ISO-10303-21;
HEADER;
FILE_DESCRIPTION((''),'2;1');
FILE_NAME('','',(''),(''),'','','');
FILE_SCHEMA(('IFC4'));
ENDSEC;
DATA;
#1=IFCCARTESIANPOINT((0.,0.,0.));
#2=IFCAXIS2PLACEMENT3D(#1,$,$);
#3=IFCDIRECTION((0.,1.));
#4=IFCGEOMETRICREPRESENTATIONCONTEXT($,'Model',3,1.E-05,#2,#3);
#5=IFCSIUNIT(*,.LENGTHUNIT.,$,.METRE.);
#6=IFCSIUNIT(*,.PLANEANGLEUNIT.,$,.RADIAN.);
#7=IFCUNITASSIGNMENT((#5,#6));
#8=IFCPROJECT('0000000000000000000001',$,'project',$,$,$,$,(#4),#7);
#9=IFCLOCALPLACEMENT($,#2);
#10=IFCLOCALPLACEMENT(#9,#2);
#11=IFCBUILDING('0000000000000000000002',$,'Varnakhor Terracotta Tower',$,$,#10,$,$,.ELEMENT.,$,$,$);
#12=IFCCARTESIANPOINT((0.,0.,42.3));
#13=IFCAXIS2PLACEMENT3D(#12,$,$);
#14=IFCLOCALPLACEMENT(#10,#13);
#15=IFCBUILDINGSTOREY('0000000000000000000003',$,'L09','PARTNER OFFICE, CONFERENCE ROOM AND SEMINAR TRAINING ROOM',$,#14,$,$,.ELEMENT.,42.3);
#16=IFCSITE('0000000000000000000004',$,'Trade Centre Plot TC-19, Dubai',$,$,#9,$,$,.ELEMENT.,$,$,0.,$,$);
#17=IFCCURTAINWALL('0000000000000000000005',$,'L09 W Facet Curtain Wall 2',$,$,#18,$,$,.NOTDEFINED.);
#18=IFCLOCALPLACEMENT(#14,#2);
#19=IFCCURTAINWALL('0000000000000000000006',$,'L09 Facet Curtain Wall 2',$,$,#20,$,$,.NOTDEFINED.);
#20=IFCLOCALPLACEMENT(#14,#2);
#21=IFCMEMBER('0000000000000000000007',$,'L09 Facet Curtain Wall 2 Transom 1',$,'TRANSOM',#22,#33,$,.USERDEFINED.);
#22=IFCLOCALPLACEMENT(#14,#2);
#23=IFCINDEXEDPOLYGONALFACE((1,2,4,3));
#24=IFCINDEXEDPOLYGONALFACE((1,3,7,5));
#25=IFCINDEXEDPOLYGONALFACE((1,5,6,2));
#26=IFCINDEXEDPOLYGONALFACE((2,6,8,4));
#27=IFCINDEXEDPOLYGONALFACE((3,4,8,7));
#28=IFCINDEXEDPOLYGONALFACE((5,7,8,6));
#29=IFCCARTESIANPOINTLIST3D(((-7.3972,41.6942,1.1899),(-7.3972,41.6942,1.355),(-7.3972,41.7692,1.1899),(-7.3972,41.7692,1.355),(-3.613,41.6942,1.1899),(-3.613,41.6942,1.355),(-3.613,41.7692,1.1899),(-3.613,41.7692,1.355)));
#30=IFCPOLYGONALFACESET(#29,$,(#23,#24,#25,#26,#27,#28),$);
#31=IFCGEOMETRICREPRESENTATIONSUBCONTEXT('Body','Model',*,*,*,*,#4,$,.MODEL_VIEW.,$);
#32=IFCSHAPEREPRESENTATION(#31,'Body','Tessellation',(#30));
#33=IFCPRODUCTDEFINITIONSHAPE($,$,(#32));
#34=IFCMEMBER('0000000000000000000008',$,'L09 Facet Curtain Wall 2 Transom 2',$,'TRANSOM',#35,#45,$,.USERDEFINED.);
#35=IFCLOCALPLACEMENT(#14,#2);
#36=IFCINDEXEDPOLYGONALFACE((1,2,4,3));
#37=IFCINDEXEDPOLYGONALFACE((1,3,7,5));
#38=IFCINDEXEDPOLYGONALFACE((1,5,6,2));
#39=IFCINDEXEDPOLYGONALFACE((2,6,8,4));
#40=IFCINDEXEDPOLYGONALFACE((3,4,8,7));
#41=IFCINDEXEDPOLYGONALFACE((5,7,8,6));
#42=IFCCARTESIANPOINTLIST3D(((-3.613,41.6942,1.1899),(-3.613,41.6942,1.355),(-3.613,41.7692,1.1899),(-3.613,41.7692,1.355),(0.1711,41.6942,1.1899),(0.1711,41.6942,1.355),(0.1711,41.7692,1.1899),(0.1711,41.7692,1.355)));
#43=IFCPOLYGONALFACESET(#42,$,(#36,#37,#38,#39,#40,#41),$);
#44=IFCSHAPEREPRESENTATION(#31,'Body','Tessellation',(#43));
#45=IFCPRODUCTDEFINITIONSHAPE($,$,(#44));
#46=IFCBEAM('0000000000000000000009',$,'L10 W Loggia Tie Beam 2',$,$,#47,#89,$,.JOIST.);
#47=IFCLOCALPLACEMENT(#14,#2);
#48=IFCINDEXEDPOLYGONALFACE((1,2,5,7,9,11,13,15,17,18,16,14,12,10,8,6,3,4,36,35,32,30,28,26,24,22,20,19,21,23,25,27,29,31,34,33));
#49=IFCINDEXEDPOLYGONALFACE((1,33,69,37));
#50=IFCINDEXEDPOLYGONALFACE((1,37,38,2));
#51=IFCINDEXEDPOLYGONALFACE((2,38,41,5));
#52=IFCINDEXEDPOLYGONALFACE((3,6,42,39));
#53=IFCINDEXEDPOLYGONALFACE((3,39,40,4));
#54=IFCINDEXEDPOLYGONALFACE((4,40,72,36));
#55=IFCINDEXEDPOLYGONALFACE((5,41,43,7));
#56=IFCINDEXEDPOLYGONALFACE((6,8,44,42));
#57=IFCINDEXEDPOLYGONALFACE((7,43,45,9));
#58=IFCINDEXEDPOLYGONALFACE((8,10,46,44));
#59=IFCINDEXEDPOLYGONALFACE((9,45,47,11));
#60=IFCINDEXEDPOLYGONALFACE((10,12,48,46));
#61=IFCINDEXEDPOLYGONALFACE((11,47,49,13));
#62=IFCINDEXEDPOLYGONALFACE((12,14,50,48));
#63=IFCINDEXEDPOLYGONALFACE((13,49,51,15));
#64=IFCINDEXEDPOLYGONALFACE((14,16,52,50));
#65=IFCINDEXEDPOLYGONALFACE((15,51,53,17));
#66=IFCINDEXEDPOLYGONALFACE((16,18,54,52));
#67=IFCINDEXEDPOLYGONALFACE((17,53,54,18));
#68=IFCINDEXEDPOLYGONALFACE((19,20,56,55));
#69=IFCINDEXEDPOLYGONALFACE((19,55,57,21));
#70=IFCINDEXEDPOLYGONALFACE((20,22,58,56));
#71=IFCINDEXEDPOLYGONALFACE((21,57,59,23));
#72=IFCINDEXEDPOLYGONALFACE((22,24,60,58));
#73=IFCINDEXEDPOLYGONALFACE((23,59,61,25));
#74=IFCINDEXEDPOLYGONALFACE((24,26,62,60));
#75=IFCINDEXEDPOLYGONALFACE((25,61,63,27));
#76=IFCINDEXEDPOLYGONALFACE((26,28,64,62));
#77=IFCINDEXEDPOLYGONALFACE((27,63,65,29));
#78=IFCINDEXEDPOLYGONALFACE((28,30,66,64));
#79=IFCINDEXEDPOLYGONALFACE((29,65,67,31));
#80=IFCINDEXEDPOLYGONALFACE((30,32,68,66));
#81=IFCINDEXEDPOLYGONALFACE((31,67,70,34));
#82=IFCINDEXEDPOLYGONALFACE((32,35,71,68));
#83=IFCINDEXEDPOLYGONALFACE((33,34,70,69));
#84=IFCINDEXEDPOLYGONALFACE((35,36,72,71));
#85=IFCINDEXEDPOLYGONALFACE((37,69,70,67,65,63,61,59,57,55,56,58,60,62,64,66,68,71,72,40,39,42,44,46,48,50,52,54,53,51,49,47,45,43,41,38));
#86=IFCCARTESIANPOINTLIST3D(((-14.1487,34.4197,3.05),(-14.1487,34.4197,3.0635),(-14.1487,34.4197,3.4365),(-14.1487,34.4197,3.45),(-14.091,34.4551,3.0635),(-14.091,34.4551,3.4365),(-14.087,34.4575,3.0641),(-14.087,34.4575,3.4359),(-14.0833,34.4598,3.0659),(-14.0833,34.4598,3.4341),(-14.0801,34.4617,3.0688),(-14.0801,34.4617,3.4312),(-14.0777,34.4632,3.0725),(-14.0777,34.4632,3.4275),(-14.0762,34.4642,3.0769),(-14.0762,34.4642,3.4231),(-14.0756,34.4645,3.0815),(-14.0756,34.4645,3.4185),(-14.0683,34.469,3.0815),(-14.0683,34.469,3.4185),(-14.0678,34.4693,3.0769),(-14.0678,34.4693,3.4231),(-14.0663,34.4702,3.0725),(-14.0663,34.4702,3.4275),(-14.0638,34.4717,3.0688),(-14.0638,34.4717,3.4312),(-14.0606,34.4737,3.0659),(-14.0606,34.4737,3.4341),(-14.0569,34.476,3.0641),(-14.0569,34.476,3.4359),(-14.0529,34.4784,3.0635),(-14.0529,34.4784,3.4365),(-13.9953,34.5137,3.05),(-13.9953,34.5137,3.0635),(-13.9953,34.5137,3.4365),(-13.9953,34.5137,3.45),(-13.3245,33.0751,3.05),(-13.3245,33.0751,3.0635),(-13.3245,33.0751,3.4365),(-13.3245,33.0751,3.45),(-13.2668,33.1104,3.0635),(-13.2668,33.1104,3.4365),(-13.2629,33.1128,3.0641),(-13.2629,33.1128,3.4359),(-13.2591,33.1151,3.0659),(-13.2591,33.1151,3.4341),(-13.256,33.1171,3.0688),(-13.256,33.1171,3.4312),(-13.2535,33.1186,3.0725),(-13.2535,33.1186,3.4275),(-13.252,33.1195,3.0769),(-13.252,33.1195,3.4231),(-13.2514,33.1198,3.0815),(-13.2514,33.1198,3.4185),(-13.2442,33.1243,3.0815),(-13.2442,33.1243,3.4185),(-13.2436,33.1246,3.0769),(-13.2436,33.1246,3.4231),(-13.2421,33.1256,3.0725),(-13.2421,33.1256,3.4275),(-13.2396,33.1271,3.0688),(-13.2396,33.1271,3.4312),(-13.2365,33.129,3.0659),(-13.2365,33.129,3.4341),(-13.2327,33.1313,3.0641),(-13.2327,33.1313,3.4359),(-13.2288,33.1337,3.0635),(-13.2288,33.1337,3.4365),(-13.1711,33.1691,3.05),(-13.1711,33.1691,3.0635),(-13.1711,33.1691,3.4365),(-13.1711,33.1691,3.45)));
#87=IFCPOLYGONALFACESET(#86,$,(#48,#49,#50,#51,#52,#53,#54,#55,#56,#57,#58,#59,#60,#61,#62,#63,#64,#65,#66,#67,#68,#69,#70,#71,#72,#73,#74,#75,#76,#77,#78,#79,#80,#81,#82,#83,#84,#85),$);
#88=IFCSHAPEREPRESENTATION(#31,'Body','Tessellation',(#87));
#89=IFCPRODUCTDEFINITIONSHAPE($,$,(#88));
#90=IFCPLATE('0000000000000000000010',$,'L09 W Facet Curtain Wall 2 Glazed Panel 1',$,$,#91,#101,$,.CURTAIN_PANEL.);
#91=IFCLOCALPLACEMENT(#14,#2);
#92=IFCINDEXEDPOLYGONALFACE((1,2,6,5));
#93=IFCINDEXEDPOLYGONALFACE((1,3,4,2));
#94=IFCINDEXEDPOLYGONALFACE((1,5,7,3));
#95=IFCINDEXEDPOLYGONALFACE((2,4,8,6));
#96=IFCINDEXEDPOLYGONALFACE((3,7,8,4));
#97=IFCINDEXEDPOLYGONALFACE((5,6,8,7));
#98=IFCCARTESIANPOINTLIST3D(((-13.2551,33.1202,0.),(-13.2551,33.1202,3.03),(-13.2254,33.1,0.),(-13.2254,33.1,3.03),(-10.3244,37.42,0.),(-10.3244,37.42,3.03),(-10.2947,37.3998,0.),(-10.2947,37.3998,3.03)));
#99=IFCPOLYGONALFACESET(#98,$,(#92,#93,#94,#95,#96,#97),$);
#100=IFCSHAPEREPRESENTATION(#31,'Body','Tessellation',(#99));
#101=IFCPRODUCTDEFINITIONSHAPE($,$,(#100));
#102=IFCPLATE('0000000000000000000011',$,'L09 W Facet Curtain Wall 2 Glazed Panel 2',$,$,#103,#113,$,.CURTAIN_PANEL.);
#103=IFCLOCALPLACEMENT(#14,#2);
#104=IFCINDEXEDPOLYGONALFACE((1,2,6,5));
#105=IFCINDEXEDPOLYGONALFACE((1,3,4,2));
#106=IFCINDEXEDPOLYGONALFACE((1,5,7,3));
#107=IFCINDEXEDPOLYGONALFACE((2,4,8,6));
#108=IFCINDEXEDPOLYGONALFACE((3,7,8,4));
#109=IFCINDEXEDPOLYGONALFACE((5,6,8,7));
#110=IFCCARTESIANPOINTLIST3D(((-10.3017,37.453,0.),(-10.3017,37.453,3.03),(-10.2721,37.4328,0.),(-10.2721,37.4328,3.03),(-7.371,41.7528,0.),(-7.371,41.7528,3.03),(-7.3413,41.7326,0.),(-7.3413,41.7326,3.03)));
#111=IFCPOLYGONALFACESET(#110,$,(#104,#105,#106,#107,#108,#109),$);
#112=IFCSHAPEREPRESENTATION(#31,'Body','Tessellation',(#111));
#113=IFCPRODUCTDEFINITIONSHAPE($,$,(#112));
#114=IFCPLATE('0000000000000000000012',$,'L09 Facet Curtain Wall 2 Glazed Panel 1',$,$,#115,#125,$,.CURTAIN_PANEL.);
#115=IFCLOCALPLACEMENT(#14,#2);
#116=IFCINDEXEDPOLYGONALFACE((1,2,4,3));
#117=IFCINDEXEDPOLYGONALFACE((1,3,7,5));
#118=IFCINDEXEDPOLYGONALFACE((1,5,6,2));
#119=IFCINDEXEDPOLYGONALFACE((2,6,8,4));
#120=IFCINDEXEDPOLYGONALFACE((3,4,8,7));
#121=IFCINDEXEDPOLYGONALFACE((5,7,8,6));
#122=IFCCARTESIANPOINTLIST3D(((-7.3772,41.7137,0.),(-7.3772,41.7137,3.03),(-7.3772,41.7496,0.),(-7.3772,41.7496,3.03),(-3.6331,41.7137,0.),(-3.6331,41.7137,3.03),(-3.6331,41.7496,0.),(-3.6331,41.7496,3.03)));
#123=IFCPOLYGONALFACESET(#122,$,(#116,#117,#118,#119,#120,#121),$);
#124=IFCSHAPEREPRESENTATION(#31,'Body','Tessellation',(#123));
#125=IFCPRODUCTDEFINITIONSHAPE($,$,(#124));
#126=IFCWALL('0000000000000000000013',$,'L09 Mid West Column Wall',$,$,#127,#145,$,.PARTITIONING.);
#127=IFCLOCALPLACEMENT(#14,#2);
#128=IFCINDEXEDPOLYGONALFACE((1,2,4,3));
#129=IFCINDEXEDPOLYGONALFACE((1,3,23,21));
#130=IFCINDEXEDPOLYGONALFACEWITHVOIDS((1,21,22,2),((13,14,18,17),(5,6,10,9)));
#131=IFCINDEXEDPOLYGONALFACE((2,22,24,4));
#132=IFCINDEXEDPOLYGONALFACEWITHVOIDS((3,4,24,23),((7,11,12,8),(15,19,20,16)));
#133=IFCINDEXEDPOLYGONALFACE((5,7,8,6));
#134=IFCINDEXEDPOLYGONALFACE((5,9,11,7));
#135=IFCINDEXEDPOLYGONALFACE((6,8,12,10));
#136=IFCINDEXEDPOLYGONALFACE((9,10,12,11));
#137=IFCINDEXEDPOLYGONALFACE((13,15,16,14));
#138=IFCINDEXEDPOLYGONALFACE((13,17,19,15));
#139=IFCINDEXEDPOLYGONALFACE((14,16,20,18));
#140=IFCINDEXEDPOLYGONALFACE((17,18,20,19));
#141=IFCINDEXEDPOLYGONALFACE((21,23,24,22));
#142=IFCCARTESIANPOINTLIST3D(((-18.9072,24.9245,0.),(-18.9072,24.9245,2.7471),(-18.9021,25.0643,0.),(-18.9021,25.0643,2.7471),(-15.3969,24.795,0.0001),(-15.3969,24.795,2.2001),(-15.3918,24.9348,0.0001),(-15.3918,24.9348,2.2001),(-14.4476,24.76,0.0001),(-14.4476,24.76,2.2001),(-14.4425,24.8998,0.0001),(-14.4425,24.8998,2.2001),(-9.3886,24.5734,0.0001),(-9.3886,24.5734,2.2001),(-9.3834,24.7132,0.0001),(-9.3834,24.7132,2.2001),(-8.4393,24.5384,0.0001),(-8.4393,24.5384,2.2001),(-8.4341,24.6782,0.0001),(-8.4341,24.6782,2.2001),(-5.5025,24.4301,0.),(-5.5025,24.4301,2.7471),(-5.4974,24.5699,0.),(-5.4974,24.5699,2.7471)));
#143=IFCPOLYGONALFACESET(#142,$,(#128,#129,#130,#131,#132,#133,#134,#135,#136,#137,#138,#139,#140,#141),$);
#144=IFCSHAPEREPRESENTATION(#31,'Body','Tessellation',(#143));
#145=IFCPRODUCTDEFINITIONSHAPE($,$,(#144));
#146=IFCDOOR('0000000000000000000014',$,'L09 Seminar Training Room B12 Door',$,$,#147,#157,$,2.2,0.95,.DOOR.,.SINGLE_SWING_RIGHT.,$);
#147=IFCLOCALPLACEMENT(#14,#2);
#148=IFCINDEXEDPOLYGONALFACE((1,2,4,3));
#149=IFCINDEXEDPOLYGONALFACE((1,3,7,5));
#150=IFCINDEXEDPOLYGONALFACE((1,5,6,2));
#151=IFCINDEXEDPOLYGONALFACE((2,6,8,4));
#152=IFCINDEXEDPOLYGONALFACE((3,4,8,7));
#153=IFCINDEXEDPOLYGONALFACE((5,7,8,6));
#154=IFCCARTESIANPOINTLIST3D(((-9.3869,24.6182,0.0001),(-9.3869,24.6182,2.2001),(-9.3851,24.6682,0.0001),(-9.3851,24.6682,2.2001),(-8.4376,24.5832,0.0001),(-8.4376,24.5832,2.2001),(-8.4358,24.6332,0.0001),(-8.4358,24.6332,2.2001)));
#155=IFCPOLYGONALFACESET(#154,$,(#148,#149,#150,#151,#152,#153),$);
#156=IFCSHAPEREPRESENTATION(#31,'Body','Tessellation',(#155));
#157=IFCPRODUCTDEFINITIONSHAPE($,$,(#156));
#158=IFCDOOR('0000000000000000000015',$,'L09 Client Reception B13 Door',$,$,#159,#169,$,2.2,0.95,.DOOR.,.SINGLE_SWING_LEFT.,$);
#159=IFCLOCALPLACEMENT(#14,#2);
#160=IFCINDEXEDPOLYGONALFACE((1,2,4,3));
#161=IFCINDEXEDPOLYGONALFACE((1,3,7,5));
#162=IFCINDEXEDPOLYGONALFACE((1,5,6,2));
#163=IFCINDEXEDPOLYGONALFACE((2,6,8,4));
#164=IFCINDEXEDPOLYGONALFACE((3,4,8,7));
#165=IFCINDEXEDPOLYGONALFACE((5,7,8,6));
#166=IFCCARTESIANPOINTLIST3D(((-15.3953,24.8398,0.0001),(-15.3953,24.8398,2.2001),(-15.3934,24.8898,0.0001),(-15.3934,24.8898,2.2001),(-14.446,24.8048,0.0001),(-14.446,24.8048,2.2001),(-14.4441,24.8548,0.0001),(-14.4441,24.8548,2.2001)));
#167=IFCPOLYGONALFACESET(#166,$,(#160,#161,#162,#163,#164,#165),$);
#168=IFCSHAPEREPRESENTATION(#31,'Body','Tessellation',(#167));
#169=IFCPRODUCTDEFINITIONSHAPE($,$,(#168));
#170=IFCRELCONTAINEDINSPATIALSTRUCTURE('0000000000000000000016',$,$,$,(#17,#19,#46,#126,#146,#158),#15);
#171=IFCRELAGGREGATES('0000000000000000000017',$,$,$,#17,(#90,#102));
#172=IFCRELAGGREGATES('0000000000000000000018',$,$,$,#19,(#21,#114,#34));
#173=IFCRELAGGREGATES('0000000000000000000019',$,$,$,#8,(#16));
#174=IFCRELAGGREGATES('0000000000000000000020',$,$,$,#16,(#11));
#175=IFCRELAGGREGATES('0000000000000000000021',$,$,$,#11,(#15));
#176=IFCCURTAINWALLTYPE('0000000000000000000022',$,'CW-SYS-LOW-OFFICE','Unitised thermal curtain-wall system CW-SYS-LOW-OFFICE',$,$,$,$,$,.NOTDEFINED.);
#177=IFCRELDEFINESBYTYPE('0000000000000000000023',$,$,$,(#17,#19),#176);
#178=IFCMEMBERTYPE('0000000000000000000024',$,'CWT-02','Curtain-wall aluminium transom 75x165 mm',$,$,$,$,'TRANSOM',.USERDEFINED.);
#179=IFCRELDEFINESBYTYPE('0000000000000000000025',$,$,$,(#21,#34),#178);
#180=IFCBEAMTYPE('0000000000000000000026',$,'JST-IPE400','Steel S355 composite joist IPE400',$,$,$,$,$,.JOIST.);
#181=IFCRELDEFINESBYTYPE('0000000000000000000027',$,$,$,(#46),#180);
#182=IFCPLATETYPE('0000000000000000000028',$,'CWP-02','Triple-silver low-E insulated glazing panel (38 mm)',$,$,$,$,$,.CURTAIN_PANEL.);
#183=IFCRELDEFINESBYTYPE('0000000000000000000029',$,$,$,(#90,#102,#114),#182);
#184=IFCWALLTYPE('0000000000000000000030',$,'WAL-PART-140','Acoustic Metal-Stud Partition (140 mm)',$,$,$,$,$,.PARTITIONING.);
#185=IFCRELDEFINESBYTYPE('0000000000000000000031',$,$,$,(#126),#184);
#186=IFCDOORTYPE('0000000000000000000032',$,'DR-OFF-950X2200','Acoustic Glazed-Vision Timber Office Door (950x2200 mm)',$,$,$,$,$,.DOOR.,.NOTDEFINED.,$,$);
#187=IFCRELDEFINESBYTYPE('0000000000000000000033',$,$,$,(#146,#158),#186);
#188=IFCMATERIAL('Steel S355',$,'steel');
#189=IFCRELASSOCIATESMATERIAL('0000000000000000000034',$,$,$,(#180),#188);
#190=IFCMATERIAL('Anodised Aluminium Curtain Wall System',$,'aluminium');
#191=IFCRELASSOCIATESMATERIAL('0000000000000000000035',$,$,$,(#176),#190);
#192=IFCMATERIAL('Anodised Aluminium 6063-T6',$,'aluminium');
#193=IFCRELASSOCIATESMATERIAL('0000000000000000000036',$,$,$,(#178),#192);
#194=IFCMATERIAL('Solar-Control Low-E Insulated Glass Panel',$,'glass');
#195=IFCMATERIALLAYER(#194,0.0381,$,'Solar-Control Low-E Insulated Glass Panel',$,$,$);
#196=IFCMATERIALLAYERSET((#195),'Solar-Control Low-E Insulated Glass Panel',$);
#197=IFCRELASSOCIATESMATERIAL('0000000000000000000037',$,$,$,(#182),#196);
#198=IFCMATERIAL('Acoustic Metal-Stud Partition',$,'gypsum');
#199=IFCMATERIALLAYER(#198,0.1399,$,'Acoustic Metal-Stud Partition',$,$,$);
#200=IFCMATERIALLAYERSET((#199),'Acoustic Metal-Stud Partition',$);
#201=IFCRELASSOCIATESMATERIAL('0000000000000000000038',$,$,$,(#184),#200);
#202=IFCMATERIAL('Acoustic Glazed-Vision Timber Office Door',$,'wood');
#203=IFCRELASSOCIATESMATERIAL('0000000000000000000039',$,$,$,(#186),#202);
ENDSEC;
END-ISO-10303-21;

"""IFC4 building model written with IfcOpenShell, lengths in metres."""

from ifc_helpers import new_model, si_unit, direction, frame, frame_2d, origin, origin_2d, place, context, subcontext, project, spatial, rectangle, i_section, extrude, source, transform, mapped, material, layer, layer_set, material_profile, profile_set, type_object, type_shapes, element, fill, aggregate, save


model = new_model("IFC4")

# Units and contexts
model_context = context("Model", 3, precision=1e-05, world=origin(), true_north=direction((0.0, 1.0)))
body_context = subcontext(model_context, "Body", "Model", "MODEL_VIEW")
ifc_project = project(units=[si_unit("LENGTHUNIT", "METRE"), si_unit("PLANEANGLEUNIT", "RADIAN")], contexts=[model_context])

# Site, building, storey
site_placement = place(None, origin())
site = spatial("IfcSite", under=ifc_project, at=site_placement, Name="Trade Centre Plot TC-19, Dubai", CompositionType="ELEMENT", RefElevation=0.0)
building_placement = place(site_placement, origin())
building = spatial("IfcBuilding", under=site, at=building_placement, Name="Varnakhor Terracotta Tower", CompositionType="ELEMENT")
storey_placement = place(building_placement, frame((0.0, 0.0, 42.3)))
storey = spatial("IfcBuildingStorey", under=building, at=storey_placement, Name="L09", Description="PARTNER OFFICE, CONFERENCE ROOM AND SEMINAR TRAINING ROOM", CompositionType="ELEMENT", Elevation=42.3)

# Shared definitions
ifc_material_1 = material(Name="Steel S355", Category="steel")
ifc_material_profile_1 = material_profile(ifc_material_1, i_section(OverallWidth=0.1799, OverallDepth=0.3999, WebThickness=0.0085, FlangeThickness=0.0134, FilletRadius=0.0181, at=origin_2d()), Name="IPE400")
ifc_profile_set_1 = profile_set([ifc_material_profile_1], Name="Steel S355")
beam_type_1 = type_object("IfcBeamType", Name="JST-IPE400", Description="Steel S355 composite joist IPE400", PredefinedType="JOIST", material=ifc_profile_set_1)

# Curtain walls
ifc_material_2 = material(Name="Anodised Aluminium Curtain Wall System", Category="aluminium")
curtain_wall_type = type_object("IfcCurtainWallType", Name="CW-SYS-LOW-OFFICE", Description="Unitised thermal curtain-wall system CW-SYS-LOW-OFFICE", PredefinedType="NOTDEFINED", material=ifc_material_2)
curtain_wall_1_placement = place(storey_placement, origin())
curtain_wall_1 = element("IfcCurtainWall", 1, at=curtain_wall_1_placement, inside=storey, type_object=curtain_wall_type, Name="L09 W Facet Curtain Wall 2", PredefinedType="NOTDEFINED")
ifc_material_3 = material(Name="Anodised Aluminium 6063-T6", Category="aluminium")
curtain_wall_2_placement = place(storey_placement, origin())
curtain_wall_2 = element("IfcCurtainWall", 2, at=curtain_wall_2_placement, inside=storey, type_object=curtain_wall_type, Name="L09 Facet Curtain Wall 2", PredefinedType="NOTDEFINED")

# Members
ifc_material_profile_2 = material_profile(ifc_material_3, rectangle(XDim=0.075, YDim=0.165, at=origin_2d()), Name="ALU TRANSOM 75x165")
ifc_profile_set_2 = profile_set([ifc_material_profile_2], Name="Anodised Aluminium 6063-T6")
member_type_1 = type_object("IfcMemberType", Name="CWT-02", Description="Curtain-wall aluminium transom 75x165 mm", ElementType="TRANSOM", PredefinedType="USERDEFINED", material=ifc_profile_set_2)
shared_shape_1 = source(origin(), body_context, "Body", "SweptSolid", [
    extrude(rectangle(XDim=0.075, YDim=0.165, at=origin_2d()), origin(), (0.0, 0.0, 1.0), 3.7842),
])
member_1_placement = place(storey_placement, frame((-7.3972, 41.7317, 1.2725), z_axis=(1.0, 0.0, 0.0), x_axis=(0.0, 1.0, 0.0)))
member_1 = element("IfcMember", 3, at=member_1_placement, type_object=member_type_1, Name="L09 Facet Curtain Wall 2 Transom 1", ObjectType="TRANSOM", PredefinedType="USERDEFINED", context=body_context, shape_type="MappedRepresentation", body=[
    mapped(shared_shape_1, transform((0.0, 0.0, 0.0), scale=1.0)),
])
member_2_placement = place(storey_placement, frame((-3.613, 41.7317, 1.2725), z_axis=(1.0, 0.0, 0.0), x_axis=(0.0, 1.0, 0.0)))
member_2 = element("IfcMember", 4, at=member_2_placement, type_object=member_type_1, Name="L09 Facet Curtain Wall 2 Transom 2", ObjectType="TRANSOM", PredefinedType="USERDEFINED", context=body_context, shape_type="MappedRepresentation", body=[
    mapped(shared_shape_1, transform((0.0, 0.0, 0.0), scale=1.0)),
])

# Beam
shared_shape_2 = source(origin(), body_context, "Body", "SweptSolid", [
    extrude(i_section(OverallWidth=0.1799, OverallDepth=0.3999, WebThickness=0.0085, FlangeThickness=0.0134, FilletRadius=0.0181, at=origin_2d()), origin(), (0.0, 0.0, 1.0), 1.5771),
])
beam_1_placement = place(storey_placement, frame((-13.2478, 33.1221, 3.25), z_axis=(-0.522577, 0.852592, 0.0), x_axis=(-0.852592, -0.522577, 0.0)))
element("IfcBeam", 5, at=beam_1_placement, inside=storey, type_object=beam_type_1, Name="L10 W Loggia Tie Beam 2", PredefinedType="JOIST", context=body_context, shape_type="MappedRepresentation", body=[
    mapped(shared_shape_2, transform((0.0, 0.0, 0.0), scale=1.0)),
])

# Plates
ifc_material_4 = material(Name="Solar-Control Low-E Insulated Glass Panel", Category="glass")
ifc_layer_1 = layer(ifc_material_4, 0.0381, Name="Solar-Control Low-E Insulated Glass Panel")
ifc_layer_set_1 = layer_set([ifc_layer_1], Name="Solar-Control Low-E Insulated Glass Panel")
plate_type = type_object("IfcPlateType", Name="CWP-02", Description="Triple-silver low-E insulated glazing panel (38 mm)", PredefinedType="CURTAIN_PANEL", material=ifc_layer_set_1)
shared_shape_3 = source(origin(), body_context, "Body", "SweptSolid", [
    extrude(rectangle(XDim=5.2036, YDim=0.0359, at=origin_2d()), origin(), (0.0, 0.0, 1.0), 3.03),
])
plate_1_placement = place(storey_placement, frame((-11.7749, 35.26, 0.0), z_axis=(0.0, 0.0, 1.0), x_axis=(0.563209, 0.826315, 0.0)))
plate_1 = element("IfcPlate", 6, at=plate_1_placement, type_object=plate_type, Name="L09 W Facet Curtain Wall 2 Glazed Panel 1", PredefinedType="CURTAIN_PANEL", context=body_context, shape_type="MappedRepresentation", body=[
    mapped(shared_shape_3, transform((0.0, 0.0, 0.0), scale=1.0)),
])
plate_2_placement = place(storey_placement, frame((-8.8215, 39.5928, 0.0), z_axis=(0.0, 0.0, 1.0), x_axis=(0.563209, 0.826315, 0.0)))
plate_2 = element("IfcPlate", 7, at=plate_2_placement, type_object=plate_type, Name="L09 W Facet Curtain Wall 2 Glazed Panel 2", PredefinedType="CURTAIN_PANEL", context=body_context, shape_type="MappedRepresentation", body=[
    mapped(shared_shape_3, transform((0.0, 0.0, 0.0), scale=1.0)),
])
aggregate(curtain_wall_1, [plate_1, plate_2])
shared_shape_4 = source(origin(), body_context, "Body", "SweptSolid", [
    extrude(rectangle(XDim=3.7441, YDim=0.0359, at=origin_2d()), origin(), (0.0, 0.0, 1.0), 3.03),
])
plate_3_placement = place(storey_placement, frame((-5.5051, 41.7317, 0.0), z_axis=(0.0, 0.0, 1.0), x_axis=(1.0, 0.0, 0.0)))
plate_3 = element("IfcPlate", 8, at=plate_3_placement, type_object=plate_type, Name="L09 Facet Curtain Wall 2 Glazed Panel 1", PredefinedType="CURTAIN_PANEL", context=body_context, shape_type="MappedRepresentation", body=[
    mapped(shared_shape_4, transform((0.0, 0.0, 0.0), scale=1.0)),
])
aggregate(curtain_wall_2, [member_1, plate_3, member_2])

# Wall, openings, doors
ifc_material_5 = material(Name="Acoustic Metal-Stud Partition", Category="gypsum")
ifc_layer_2 = layer(ifc_material_5, 0.1399, Name="Acoustic Metal-Stud Partition")
ifc_layer_set_2 = layer_set([ifc_layer_2], Name="Acoustic Metal-Stud Partition")
wall_type = type_object("IfcWallType", Name="WAL-PART-140", Description="Acoustic Metal-Stud Partition (140 mm)", PredefinedType="PARTITIONING", material=ifc_layer_set_2)
wall_1_placement = place(storey_placement, frame((-18.9048, 24.9944, 0.0), z_axis=(0.0, 0.0, 1.0), x_axis=(0.999321, -0.036856, 0.0)))
wall_1 = element("IfcWall", 9, at=wall_1_placement, inside=storey, type_object=wall_type, Name="L09 Mid West Column Wall", PredefinedType="PARTITIONING", context=body_context, shape_type="SweptSolid", body=[
    extrude(rectangle(XDim=13.4138, YDim=0.1399, at=frame_2d((6.707, 0.0))), origin(), (0.0, 0.0, 1.0), 2.7471),
])
opening_1_placement = place(wall_1_placement, frame((9.5251, 0.0, 0.0)))
opening_1 = element("IfcOpeningElement", 10, at=opening_1_placement, cuts=wall_1, PredefinedType="OPENING", context=body_context, shape_type="SweptSolid", body=[
    extrude(rectangle(XDim=0.95, YDim=2.2, at=frame_2d((0.4751, 1.1001))), frame((0.0, 0.0801, 0.0), z_axis=(0.0, -1.0, 0.0), x_axis=(1.0, 0.0, 0.0)), (0.0, 0.0, 1.0), 0.1599),
])
opening_2_placement = place(wall_1_placement, frame((3.5127, 0.0, 0.0)))
opening_2 = element("IfcOpeningElement", 11, at=opening_2_placement, cuts=wall_1, PredefinedType="OPENING", context=body_context, shape_type="SweptSolid", body=[
    extrude(rectangle(XDim=0.95, YDim=2.2, at=frame_2d((0.4751, 1.1001))), frame((0.0, 0.0801, 0.0), z_axis=(0.0, -1.0, 0.0), x_axis=(1.0, 0.0, 0.0)), (0.0, 0.0, 1.0), 0.1599),
])
ifc_material_6 = material(Name="Acoustic Glazed-Vision Timber Office Door", Category="wood")
door_type = type_object("IfcDoorType", Name="DR-OFF-950X2200", Description="Acoustic Glazed-Vision Timber Office Door (950x2200 mm)", OperationType="NOTDEFINED", PredefinedType="DOOR", material=ifc_material_6)
shared_shape_5 = source(origin(), body_context, "Body", "SweptSolid", [
    extrude(rectangle(XDim=0.95, YDim=2.2, at=frame_2d((0.4751, 1.1001))), frame((0.0, 0.0249, 0.0), z_axis=(0.0, -1.0, 0.0), x_axis=(1.0, 0.0, 0.0)), (0.0, 0.0, 1.0), 0.05),
])
type_shapes(door_type, [shared_shape_5])
door_1_placement = place(opening_1_placement, origin())
door_1 = element("IfcDoor", 12, at=door_1_placement, inside=storey, type_object=door_type, Name="L09 Seminar Training Room B12 Door", OperationType="SINGLE_SWING_RIGHT", OverallHeight=2.2, OverallWidth=0.95, PredefinedType="DOOR", context=body_context, shape_type="MappedRepresentation", body=[
    mapped(shared_shape_5, transform((0.0, 0.0, 0.0), scale=1.0)),
])
fill(opening_1, door_1)
door_2_placement = place(opening_2_placement, origin())
door_2 = element("IfcDoor", 13, at=door_2_placement, inside=storey, type_object=door_type, Name="L09 Client Reception B13 Door", OperationType="SINGLE_SWING_LEFT", OverallHeight=2.2, OverallWidth=0.95, PredefinedType="DOOR", context=body_context, shape_type="MappedRepresentation", body=[
    mapped(shared_shape_5, transform((0.0, 0.0, 0.0), scale=1.0)),
])
fill(opening_2, door_2)

save(model, "model.ifc")
